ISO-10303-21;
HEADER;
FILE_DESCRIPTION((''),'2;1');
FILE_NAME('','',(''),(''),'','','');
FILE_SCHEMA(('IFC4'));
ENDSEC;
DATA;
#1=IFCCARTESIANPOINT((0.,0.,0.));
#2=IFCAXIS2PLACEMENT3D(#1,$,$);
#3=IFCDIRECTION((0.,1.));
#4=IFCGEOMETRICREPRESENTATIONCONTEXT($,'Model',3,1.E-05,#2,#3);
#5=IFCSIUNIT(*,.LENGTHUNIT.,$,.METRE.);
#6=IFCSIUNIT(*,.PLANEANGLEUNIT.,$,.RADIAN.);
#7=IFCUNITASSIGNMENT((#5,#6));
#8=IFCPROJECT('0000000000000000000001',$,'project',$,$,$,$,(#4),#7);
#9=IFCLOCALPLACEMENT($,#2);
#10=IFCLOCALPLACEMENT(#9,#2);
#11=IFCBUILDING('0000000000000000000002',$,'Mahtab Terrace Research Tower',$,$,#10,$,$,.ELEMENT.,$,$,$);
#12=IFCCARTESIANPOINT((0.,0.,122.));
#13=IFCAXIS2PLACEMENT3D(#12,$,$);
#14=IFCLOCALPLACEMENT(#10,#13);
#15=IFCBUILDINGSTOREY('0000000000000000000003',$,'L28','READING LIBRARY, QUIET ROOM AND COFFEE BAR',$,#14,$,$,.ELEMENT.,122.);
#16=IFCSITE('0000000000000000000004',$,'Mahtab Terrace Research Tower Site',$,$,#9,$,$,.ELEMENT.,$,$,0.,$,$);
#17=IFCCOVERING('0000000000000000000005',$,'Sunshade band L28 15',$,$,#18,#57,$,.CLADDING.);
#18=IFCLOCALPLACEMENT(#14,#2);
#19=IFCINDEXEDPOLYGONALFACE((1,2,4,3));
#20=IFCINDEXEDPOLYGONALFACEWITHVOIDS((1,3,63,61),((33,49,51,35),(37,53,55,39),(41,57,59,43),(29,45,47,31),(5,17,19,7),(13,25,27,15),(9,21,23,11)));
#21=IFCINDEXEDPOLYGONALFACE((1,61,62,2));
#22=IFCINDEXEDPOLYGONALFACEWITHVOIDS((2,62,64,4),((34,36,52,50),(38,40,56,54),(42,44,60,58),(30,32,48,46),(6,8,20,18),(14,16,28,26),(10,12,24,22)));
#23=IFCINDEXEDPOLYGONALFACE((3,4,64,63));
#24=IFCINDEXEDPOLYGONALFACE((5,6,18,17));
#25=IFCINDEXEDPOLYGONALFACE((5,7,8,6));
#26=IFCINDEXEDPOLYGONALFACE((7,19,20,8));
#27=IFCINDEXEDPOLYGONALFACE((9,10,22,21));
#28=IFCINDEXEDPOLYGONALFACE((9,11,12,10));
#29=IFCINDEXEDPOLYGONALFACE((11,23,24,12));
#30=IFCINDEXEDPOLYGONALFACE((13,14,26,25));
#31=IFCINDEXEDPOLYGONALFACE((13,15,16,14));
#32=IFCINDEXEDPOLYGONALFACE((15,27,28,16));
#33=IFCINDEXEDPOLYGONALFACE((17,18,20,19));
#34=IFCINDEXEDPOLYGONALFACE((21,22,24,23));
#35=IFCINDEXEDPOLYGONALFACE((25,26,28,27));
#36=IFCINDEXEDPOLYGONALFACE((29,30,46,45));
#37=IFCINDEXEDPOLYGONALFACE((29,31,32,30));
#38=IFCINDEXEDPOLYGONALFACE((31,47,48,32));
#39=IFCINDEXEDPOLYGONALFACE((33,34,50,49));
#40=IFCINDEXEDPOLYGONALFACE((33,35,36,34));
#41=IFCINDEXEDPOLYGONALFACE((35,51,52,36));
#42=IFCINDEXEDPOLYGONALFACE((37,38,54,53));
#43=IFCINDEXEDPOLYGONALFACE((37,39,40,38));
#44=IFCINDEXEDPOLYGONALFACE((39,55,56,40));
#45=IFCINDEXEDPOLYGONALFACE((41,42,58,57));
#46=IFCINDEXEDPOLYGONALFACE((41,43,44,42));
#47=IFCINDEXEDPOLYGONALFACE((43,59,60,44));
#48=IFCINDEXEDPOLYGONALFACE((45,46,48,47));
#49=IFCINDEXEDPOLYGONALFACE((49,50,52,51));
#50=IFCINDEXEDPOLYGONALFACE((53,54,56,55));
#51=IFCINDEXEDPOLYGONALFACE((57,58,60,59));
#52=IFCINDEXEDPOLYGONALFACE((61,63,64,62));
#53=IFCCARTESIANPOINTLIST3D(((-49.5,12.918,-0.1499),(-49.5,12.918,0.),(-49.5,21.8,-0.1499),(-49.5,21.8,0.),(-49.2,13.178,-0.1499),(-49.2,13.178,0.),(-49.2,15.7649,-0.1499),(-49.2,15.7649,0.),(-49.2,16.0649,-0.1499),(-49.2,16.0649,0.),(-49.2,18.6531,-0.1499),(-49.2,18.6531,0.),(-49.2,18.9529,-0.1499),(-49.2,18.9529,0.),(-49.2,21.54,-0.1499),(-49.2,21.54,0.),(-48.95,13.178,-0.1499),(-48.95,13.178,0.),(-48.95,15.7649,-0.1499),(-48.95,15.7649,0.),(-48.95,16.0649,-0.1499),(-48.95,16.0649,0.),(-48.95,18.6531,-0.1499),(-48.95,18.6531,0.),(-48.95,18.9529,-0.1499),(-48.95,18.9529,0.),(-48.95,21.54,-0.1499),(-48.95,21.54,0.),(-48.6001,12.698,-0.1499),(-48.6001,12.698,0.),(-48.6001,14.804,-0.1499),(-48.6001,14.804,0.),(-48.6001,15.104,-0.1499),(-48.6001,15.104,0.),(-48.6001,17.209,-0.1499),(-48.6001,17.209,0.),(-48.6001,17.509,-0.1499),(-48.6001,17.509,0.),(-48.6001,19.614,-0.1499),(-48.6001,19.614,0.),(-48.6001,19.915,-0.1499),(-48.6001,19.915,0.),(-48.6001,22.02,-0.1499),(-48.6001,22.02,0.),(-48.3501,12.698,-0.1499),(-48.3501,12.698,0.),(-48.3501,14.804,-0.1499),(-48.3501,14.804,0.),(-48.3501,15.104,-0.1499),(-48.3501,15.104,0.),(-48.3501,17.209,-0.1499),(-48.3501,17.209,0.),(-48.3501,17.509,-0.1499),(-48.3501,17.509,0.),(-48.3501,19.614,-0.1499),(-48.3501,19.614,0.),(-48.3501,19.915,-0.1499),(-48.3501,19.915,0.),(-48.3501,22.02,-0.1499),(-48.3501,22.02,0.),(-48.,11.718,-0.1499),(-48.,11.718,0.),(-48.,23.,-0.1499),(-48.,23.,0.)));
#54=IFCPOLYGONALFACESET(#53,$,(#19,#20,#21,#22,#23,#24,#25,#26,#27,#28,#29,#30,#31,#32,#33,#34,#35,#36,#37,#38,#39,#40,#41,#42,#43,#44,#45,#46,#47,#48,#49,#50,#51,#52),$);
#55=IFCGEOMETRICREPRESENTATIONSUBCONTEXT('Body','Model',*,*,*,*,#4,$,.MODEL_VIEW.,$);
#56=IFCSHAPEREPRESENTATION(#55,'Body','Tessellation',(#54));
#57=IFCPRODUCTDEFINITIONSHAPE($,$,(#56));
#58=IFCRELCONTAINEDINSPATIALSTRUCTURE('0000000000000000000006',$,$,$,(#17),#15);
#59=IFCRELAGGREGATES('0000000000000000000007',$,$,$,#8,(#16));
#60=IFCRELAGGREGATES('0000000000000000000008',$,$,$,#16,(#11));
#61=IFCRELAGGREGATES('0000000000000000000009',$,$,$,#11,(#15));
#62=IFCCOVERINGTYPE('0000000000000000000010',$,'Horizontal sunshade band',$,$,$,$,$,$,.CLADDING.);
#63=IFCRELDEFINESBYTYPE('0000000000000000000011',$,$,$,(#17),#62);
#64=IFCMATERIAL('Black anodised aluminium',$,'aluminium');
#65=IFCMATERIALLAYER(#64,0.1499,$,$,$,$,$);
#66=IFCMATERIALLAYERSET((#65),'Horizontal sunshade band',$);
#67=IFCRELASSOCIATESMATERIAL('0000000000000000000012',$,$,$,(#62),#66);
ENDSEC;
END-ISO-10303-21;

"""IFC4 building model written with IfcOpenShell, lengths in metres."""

from ifc_helpers import new_model, si_unit, direction, frame, origin, place, context, subcontext, project, spatial, polyline, outline, extrude, material, layer, layer_set, type_object, element, save


model = new_model("IFC4")

# Units and contexts
model_context = context("Model", 3, precision=1e-05, world=origin(), true_north=direction((0.0, 1.0)))
body_context = subcontext(model_context, "Body", "Model", "MODEL_VIEW")
ifc_project = project(units=[si_unit("LENGTHUNIT", "METRE"), si_unit("PLANEANGLEUNIT", "RADIAN")], contexts=[model_context])

# Site, building, storey
site_placement = place(None, origin())
site = spatial("IfcSite", under=ifc_project, at=site_placement, Name="Mahtab Terrace Research Tower Site", CompositionType="ELEMENT", RefElevation=0.0)
building_placement = place(site_placement, origin())
building = spatial("IfcBuilding", under=site, at=building_placement, Name="Mahtab Terrace Research Tower", CompositionType="ELEMENT")
storey_placement = place(building_placement, frame((0.0, 0.0, 122.0)))
storey = spatial("IfcBuildingStorey", under=building, at=storey_placement, Name="L28", Description="READING LIBRARY, QUIET ROOM AND COFFEE BAR", CompositionType="ELEMENT", Elevation=122.0)

# Covering
ifc_material_1 = material(Name="Black anodised aluminium", Category="aluminium")
ifc_layer_1 = layer(ifc_material_1, 0.1499)
ifc_layer_set_1 = layer_set([ifc_layer_1], Name="Horizontal sunshade band")
covering_type = type_object("IfcCoveringType", Name="Horizontal sunshade band", PredefinedType="CLADDING", material=ifc_layer_set_1)
covering_1_placement = place(storey_placement, frame((0.0, 0.0, -0.1499)))
element("IfcCovering", 1, at=covering_1_placement, inside=storey, type_object=covering_type, Name="Sunshade band L28 15", PredefinedType="CLADDING", context=body_context, shape_type="SweptSolid", body=[
    extrude(outline(polyline([(-48.0, 23.0), (-48.0, 11.718), (-49.5, 12.918), (-49.5, 21.8), (-48.0, 23.0)]), holes=[polyline([(-48.3501, 22.02), (-48.3501, 19.915), (-48.6001, 19.915), (-48.6001, 22.02), (-48.3501, 22.02)]), polyline([(-48.3501, 19.614), (-48.3501, 17.509), (-48.6001, 17.509), (-48.6001, 19.614), (-48.3501, 19.614)]), polyline([(-48.3501, 17.209), (-48.3501, 15.104), (-48.6001, 15.104), (-48.6001, 17.209), (-48.3501, 17.209)]), polyline([(-48.3501, 14.804), (-48.3501, 12.698), (-48.6001, 12.698), (-48.6001, 14.804), (-48.3501, 14.804)]), polyline([(-48.95, 21.54), (-48.95, 18.9529), (-49.2, 18.9529), (-49.2, 21.54), (-48.95, 21.54)]), polyline([(-48.95, 18.6531), (-48.95, 16.0649), (-49.2, 16.0649), (-49.2, 18.6531), (-48.95, 18.6531)]), polyline([(-48.95, 15.7649), (-48.95, 13.178), (-49.2, 13.178), (-49.2, 15.7649), (-48.95, 15.7649)])]), origin(), (0.0, 0.0, 1.0), 0.1499),
])

save(model, "model.ifc")
